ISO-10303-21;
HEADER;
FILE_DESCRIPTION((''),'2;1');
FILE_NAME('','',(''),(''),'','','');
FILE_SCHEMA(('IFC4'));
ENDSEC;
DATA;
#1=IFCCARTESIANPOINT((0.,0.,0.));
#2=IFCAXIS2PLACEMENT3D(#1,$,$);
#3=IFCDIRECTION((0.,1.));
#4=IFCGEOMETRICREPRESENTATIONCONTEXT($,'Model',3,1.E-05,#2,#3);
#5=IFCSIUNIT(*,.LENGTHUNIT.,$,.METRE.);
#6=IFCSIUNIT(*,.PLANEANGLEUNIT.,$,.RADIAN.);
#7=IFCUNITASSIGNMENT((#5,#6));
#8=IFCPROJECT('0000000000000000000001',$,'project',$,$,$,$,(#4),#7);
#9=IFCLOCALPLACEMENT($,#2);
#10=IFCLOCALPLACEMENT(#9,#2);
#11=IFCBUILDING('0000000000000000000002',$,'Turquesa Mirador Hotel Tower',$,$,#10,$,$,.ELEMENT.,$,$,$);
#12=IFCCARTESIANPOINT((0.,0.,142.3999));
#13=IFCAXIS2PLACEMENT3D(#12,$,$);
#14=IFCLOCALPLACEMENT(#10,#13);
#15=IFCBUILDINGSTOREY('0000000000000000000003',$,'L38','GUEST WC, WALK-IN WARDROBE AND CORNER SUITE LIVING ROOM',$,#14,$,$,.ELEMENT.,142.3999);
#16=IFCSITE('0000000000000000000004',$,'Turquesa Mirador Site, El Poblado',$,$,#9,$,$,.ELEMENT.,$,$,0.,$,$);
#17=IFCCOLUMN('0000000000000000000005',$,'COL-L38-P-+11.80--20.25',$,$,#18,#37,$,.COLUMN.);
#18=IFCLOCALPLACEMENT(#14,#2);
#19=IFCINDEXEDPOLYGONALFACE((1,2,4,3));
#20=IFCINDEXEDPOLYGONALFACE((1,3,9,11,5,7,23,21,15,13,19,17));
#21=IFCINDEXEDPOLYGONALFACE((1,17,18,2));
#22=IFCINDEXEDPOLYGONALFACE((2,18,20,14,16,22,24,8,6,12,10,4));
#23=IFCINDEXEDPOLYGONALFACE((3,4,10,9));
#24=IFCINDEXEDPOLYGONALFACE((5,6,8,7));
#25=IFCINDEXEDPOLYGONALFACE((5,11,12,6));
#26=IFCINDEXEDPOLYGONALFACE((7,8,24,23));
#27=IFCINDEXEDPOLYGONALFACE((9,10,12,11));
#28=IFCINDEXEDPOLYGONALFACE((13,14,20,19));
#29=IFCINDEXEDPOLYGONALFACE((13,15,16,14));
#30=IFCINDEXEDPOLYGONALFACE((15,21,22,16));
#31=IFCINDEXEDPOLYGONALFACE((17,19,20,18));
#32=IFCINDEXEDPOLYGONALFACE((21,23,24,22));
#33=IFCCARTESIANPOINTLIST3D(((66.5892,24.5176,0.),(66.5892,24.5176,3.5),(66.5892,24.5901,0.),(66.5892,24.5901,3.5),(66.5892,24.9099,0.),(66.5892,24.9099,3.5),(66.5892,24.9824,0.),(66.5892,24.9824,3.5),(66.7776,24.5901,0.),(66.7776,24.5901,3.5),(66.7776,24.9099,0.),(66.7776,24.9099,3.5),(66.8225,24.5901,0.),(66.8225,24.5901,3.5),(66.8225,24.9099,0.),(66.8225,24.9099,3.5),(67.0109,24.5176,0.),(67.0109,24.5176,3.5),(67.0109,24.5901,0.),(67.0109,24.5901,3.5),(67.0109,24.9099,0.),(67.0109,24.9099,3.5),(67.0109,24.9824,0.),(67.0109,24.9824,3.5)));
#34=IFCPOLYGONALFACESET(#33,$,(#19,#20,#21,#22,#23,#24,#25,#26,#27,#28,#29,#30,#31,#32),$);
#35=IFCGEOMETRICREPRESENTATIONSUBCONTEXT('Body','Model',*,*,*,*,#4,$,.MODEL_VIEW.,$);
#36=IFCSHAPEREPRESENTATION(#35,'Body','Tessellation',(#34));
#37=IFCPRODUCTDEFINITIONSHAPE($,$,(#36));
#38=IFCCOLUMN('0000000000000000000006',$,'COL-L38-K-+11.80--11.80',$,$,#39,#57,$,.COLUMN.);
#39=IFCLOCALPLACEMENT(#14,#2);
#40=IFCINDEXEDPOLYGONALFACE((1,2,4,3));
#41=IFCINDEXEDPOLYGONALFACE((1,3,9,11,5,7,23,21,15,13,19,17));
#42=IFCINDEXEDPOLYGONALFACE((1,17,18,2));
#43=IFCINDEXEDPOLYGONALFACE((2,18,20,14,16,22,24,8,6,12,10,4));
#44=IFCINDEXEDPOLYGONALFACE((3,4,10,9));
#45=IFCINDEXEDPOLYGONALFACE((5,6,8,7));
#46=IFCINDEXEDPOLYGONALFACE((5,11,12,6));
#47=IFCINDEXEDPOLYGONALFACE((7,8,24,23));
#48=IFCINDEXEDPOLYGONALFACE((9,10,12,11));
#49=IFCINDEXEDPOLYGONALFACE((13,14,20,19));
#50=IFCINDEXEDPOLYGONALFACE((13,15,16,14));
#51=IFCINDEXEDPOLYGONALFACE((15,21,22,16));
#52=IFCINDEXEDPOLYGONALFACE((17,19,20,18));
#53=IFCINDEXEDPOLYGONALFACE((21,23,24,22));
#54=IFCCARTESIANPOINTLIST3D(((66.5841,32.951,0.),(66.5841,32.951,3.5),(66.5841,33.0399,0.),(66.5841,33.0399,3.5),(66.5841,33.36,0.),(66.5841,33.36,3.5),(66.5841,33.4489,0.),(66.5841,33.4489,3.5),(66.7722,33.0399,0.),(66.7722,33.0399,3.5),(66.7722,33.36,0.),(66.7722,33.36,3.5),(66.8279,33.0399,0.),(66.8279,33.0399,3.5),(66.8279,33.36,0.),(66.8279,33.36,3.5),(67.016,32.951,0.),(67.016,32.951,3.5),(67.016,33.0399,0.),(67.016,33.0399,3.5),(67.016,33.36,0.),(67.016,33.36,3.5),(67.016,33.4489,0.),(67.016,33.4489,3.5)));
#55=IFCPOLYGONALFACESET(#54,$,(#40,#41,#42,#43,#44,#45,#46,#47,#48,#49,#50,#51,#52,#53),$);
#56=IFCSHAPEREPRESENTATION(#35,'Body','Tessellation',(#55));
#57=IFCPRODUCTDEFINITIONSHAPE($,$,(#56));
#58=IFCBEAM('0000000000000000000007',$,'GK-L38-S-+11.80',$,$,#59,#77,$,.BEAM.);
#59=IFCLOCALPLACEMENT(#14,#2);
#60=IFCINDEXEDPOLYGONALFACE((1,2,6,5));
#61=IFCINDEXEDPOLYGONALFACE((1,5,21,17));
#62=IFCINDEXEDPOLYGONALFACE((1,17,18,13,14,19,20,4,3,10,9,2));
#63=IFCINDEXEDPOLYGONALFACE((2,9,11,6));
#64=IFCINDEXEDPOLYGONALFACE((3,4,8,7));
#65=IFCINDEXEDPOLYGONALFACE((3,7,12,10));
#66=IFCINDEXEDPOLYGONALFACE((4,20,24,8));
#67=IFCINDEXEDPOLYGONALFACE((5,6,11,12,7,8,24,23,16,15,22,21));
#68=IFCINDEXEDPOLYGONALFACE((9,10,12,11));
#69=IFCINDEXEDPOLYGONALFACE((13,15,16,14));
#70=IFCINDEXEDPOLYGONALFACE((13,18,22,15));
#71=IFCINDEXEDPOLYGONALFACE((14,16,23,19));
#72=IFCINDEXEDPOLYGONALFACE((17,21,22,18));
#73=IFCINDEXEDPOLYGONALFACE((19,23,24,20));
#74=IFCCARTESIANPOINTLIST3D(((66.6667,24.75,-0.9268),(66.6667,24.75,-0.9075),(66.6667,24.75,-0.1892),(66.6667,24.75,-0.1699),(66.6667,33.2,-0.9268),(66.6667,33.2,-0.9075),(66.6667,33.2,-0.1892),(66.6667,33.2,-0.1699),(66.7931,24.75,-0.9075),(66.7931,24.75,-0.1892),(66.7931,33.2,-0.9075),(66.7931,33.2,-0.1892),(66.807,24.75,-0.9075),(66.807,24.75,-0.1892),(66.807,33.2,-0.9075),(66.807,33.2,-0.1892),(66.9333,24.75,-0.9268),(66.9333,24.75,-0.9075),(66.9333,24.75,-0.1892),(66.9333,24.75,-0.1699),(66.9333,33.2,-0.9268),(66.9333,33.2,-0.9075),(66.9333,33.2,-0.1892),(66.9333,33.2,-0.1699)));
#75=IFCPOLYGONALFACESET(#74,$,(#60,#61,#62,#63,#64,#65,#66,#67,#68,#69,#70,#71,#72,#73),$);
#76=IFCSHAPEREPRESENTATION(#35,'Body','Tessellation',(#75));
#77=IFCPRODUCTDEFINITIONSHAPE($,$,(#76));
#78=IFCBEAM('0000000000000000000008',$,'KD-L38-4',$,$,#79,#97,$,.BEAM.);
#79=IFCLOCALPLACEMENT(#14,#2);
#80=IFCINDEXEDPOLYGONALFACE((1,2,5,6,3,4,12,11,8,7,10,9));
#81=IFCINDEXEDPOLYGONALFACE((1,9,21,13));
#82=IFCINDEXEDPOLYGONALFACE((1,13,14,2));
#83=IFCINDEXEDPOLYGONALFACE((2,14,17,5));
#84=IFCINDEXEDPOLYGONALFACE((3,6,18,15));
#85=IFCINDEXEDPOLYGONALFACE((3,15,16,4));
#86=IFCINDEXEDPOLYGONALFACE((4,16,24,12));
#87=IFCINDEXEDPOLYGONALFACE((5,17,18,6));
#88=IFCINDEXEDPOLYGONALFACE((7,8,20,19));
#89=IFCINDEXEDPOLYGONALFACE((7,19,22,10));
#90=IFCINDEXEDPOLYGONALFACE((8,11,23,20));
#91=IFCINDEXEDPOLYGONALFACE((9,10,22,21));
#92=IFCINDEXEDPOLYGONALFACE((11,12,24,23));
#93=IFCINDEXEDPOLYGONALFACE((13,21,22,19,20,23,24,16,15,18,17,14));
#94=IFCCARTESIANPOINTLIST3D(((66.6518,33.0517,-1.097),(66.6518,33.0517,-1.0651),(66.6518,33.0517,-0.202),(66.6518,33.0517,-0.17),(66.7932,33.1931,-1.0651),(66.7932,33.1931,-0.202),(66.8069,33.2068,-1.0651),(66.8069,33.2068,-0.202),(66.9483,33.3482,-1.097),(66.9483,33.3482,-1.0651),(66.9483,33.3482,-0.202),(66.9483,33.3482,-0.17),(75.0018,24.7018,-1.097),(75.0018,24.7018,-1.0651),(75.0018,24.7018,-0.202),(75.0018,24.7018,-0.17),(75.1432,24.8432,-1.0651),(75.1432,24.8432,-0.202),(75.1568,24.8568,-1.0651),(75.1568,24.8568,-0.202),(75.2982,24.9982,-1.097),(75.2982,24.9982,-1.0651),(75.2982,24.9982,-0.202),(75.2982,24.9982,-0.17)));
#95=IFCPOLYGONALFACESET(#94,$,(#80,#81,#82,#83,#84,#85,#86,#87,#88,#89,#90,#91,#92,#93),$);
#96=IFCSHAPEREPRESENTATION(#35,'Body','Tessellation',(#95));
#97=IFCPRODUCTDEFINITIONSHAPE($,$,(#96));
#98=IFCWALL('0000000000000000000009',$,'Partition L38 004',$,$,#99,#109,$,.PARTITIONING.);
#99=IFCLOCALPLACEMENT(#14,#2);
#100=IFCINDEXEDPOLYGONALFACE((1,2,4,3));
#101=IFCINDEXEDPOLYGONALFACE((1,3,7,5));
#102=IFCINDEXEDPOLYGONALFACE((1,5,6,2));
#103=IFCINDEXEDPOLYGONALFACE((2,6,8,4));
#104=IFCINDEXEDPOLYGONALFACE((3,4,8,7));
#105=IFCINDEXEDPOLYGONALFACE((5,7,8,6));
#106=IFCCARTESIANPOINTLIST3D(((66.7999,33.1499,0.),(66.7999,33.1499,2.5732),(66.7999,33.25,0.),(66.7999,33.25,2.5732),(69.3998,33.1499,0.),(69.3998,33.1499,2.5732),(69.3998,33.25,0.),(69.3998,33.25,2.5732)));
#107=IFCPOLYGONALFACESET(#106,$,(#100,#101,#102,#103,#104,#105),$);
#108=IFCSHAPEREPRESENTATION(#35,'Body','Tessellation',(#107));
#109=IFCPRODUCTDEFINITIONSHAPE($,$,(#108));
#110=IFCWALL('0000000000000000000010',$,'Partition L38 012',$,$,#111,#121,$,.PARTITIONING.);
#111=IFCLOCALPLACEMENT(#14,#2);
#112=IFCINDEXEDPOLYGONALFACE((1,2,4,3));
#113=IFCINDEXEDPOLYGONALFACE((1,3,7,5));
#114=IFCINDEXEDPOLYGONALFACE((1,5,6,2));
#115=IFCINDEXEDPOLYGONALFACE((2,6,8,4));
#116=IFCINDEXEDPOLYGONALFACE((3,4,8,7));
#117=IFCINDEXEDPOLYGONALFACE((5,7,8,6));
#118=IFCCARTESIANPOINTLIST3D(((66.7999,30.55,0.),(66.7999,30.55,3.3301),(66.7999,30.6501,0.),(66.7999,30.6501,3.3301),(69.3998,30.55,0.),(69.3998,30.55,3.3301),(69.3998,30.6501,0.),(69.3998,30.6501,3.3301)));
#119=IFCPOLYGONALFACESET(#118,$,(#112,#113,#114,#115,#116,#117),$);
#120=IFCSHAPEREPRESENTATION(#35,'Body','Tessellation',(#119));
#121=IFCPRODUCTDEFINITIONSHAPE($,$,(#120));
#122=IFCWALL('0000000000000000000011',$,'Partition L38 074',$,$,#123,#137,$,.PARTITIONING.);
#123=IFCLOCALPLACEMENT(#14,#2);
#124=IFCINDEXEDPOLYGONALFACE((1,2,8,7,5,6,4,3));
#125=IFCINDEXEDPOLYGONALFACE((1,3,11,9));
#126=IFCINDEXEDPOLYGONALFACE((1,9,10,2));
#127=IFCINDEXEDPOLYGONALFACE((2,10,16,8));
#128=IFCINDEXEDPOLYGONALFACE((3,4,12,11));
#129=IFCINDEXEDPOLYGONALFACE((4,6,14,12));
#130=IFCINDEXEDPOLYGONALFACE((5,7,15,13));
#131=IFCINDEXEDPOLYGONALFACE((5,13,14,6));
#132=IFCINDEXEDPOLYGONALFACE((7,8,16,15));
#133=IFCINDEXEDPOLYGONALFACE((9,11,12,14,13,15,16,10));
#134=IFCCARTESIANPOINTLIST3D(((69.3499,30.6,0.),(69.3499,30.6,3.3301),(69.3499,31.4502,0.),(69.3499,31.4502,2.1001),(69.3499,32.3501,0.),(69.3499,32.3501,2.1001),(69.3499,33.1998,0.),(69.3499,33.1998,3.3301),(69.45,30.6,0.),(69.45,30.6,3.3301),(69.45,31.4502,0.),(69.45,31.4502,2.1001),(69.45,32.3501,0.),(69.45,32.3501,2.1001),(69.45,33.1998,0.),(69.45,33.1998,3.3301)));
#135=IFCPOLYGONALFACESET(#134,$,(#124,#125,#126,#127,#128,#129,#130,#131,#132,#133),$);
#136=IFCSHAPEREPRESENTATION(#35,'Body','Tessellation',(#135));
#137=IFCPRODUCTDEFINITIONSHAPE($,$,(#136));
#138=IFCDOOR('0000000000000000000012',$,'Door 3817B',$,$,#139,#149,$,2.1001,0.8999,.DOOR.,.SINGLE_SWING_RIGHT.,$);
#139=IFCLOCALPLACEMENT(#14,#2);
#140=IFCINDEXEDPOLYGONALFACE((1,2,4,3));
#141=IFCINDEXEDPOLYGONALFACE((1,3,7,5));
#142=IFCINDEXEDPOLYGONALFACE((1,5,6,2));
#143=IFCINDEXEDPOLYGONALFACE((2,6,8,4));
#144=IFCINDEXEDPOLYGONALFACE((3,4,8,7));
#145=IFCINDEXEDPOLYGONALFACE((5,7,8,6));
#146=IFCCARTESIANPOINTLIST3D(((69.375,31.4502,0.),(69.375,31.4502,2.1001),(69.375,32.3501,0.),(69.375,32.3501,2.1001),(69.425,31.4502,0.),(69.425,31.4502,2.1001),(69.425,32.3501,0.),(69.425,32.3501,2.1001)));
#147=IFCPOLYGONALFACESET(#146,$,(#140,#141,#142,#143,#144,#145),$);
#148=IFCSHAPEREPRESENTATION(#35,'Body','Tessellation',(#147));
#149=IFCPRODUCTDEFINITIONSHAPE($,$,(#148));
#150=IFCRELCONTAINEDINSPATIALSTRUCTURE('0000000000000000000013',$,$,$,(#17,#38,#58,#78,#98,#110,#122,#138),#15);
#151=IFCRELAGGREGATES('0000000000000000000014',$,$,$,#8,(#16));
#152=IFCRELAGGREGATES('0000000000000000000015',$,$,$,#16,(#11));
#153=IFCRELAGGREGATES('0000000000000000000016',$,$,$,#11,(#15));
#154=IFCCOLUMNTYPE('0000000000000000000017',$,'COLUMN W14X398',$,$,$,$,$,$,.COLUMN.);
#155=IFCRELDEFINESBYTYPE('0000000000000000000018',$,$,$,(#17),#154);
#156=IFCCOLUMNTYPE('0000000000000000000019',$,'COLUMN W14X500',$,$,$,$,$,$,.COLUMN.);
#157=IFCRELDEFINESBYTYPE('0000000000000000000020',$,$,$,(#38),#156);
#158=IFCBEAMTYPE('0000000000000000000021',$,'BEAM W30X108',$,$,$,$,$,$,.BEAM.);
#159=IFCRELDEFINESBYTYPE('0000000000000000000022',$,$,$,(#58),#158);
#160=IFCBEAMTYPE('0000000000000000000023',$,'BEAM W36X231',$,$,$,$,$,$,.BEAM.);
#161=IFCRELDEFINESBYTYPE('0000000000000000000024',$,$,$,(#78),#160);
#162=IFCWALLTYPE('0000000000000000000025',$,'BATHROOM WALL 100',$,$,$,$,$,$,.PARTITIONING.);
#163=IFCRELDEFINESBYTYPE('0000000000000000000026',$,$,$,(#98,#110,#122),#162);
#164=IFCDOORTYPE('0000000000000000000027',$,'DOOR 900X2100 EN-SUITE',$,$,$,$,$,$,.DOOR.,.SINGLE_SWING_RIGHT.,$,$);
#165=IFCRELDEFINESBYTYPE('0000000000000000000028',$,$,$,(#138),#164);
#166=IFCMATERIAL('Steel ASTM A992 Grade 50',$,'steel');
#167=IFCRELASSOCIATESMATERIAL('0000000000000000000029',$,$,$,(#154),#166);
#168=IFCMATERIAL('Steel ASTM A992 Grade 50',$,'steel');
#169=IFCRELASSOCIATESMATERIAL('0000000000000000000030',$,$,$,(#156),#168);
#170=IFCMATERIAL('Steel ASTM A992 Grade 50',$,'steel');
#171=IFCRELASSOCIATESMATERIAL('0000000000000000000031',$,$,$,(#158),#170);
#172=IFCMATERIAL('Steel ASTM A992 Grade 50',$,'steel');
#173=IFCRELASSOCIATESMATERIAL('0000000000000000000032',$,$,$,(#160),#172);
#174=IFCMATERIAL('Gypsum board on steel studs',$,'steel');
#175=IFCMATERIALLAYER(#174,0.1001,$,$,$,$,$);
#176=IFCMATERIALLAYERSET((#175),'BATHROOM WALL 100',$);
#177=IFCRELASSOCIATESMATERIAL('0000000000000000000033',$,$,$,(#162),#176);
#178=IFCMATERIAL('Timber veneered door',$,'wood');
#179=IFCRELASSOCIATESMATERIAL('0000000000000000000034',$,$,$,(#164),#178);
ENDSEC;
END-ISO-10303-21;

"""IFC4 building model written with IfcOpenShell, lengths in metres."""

from ifc_helpers import new_model, si_unit, direction, frame, frame_2d, origin, origin_2d, place, context, subcontext, project, spatial, rectangle, i_section, extrude, material, layer, layer_set, material_profile, profile_set, type_object, element, fill, save


model = new_model("IFC4")

# Units and contexts
model_context = context("Model", 3, precision=1e-05, world=origin(), true_north=direction((0.0, 1.0)))
body_context = subcontext(model_context, "Body", "Model", "MODEL_VIEW")
ifc_project = project(units=[si_unit("LENGTHUNIT", "METRE"), si_unit("PLANEANGLEUNIT", "RADIAN")], contexts=[model_context])

# Site, building, storey
site_placement = place(None, origin())
site = spatial("IfcSite", under=ifc_project, at=site_placement, Name="Turquesa Mirador Site, El Poblado", CompositionType="ELEMENT", RefElevation=0.0)
building_placement = place(site_placement, origin())
building = spatial("IfcBuilding", under=site, at=building_placement, Name="Turquesa Mirador Hotel Tower", CompositionType="ELEMENT")
storey_placement = place(building_placement, frame((0.0, 0.0, 142.3999)))
storey = spatial("IfcBuildingStorey", under=building, at=storey_placement, Name="L38", Description="GUEST WC, WALK-IN WARDROBE AND CORNER SUITE LIVING ROOM", CompositionType="ELEMENT", Elevation=142.3999)

# Columns
ifc_material_1 = material(Name="Steel ASTM A992 Grade 50", Category="steel")
ifc_material_profile_1 = material_profile(ifc_material_1, i_section(OverallWidth=0.4216, OverallDepth=0.4648, WebThickness=0.0449, FlangeThickness=0.0725, at=origin_2d()), Name="W14X398")
ifc_profile_set_1 = profile_set([ifc_material_profile_1], Name="Steel ASTM A992 Grade 50")
column_type_1 = type_object("IfcColumnType", Name="COLUMN W14X398", PredefinedType="COLUMN", material=ifc_profile_set_1)
column_1_placement = place(storey_placement, frame((66.8, 24.75, 0.0), z_axis=(0.0, 0.0, 1.0), x_axis=(1.0, 0.0, 0.0)))
element("IfcColumn", 1, at=column_1_placement, inside=storey, type_object=column_type_1, Name="COL-L38-P-+11.80--20.25", PredefinedType="COLUMN", context=body_context, shape_type="SweptSolid", body=[
    extrude(i_section(OverallWidth=0.4216, OverallDepth=0.4648, WebThickness=0.0449, FlangeThickness=0.0725, at=origin_2d()), origin(), (0.0, 0.0, 1.0), 3.5),
])
ifc_material_2 = material(Name="Steel ASTM A992 Grade 50", Category="steel")
ifc_material_profile_2 = material_profile(ifc_material_2, i_section(OverallWidth=0.4319, OverallDepth=0.4978, WebThickness=0.0557, FlangeThickness=0.0889, at=origin_2d()), Name="W14X500")
ifc_profile_set_2 = profile_set([ifc_material_profile_2], Name="Steel ASTM A992 Grade 50")
column_type_2 = type_object("IfcColumnType", Name="COLUMN W14X500", PredefinedType="COLUMN", material=ifc_profile_set_2)
column_2_placement = place(storey_placement, frame((66.8, 33.2, 0.0), z_axis=(0.0, 0.0, 1.0), x_axis=(1.0, 0.0, 0.0)))
element("IfcColumn", 2, at=column_2_placement, inside=storey, type_object=column_type_2, Name="COL-L38-K-+11.80--11.80", PredefinedType="COLUMN", context=body_context, shape_type="SweptSolid", body=[
    extrude(i_section(OverallWidth=0.4319, OverallDepth=0.4978, WebThickness=0.0557, FlangeThickness=0.0889, at=origin_2d()), origin(), (0.0, 0.0, 1.0), 3.5),
])

# Beams
ifc_material_3 = material(Name="Steel ASTM A992 Grade 50", Category="steel")
ifc_material_profile_3 = material_profile(ifc_material_3, i_section(OverallWidth=0.2666, OverallDepth=0.7568, WebThickness=0.0139, FlangeThickness=0.0193, at=origin_2d()), Name="W30X108")
ifc_profile_set_3 = profile_set([ifc_material_profile_3], Name="Steel ASTM A992 Grade 50")
beam_type_1 = type_object("IfcBeamType", Name="BEAM W30X108", PredefinedType="BEAM", material=ifc_profile_set_3)
beam_1_placement = place(storey_placement, frame((66.8, 24.75, -0.5483), z_axis=(0.0, 1.0, 0.0), x_axis=(-1.0, 0.0, 0.0)))
element("IfcBeam", 3, at=beam_1_placement, inside=storey, type_object=beam_type_1, Name="GK-L38-S-+11.80", PredefinedType="BEAM", context=body_context, shape_type="SweptSolid", body=[
    extrude(i_section(OverallWidth=0.2666, OverallDepth=0.7568, WebThickness=0.0139, FlangeThickness=0.0193, at=origin_2d()), origin(), (0.0, 0.0, 1.0), 8.45),
])
ifc_material_4 = material(Name="Steel ASTM A992 Grade 50", Category="steel")
ifc_material_profile_4 = material_profile(ifc_material_4, i_section(OverallWidth=0.4192, OverallDepth=0.927, WebThickness=0.0193, FlangeThickness=0.032, at=origin_2d()), Name="W36X231")
ifc_profile_set_4 = profile_set([ifc_material_profile_4], Name="Steel ASTM A992 Grade 50")
beam_type_2 = type_object("IfcBeamType", Name="BEAM W36X231", PredefinedType="BEAM", material=ifc_profile_set_4)
beam_2_placement = place(storey_placement, frame((66.8, 33.2, -0.6335), z_axis=(0.707107, -0.707107, 0.0), x_axis=(0.707107, 0.707107, 0.0)))
element("IfcBeam", 4, at=beam_2_placement, inside=storey, type_object=beam_type_2, Name="KD-L38-4", PredefinedType="BEAM", context=body_context, shape_type="SweptSolid", body=[
    extrude(i_section(OverallWidth=0.4192, OverallDepth=0.927, WebThickness=0.0193, FlangeThickness=0.032, at=origin_2d()), origin(), (0.0, 0.0, 1.0), 11.8086),
])

# Walls
ifc_material_5 = material(Name="Gypsum board on steel studs", Category="steel")
ifc_layer_1 = layer(ifc_material_5, 0.1001)
ifc_layer_set_1 = layer_set([ifc_layer_1], Name="BATHROOM WALL 100")
wall_type_1 = type_object("IfcWallType", Name="BATHROOM WALL 100", PredefinedType="PARTITIONING", material=ifc_layer_set_1)
wall_1_placement = place(storey_placement, frame((66.8, 33.2, 0.0), z_axis=(0.0, 0.0, 1.0), x_axis=(1.0, 0.0, 0.0)))
element("IfcWall", 5, at=wall_1_placement, inside=storey, type_object=wall_type_1, Name="Partition L38 004", PredefinedType="PARTITIONING", context=body_context, shape_type="SweptSolid", body=[
    extrude(rectangle(XDim=2.5999, YDim=0.1001, at=frame_2d((1.2998, 0.0))), origin(), (0.0, 0.0, 1.0), 2.5732),
])
wall_2_placement = place(storey_placement, frame((66.8, 30.6001, 0.0), z_axis=(0.0, 0.0, 1.0), x_axis=(1.0, 0.0, 0.0)))
element("IfcWall", 6, at=wall_2_placement, inside=storey, type_object=wall_type_1, Name="Partition L38 012", PredefinedType="PARTITIONING", context=body_context, shape_type="SweptSolid", body=[
    extrude(rectangle(XDim=2.5999, YDim=0.1001, at=frame_2d((1.2998, 0.0))), origin(), (0.0, 0.0, 1.0), 3.3301),
])

# Wall, opening, door
wall_3_placement = place(storey_placement, frame((69.3999, 30.6001, 0.0), z_axis=(0.0, 0.0, 1.0), x_axis=(0.0, 1.0, 0.0)))
wall_3 = element("IfcWall", 7, at=wall_3_placement, inside=storey, type_object=wall_type_1, Name="Partition L38 074", PredefinedType="PARTITIONING", context=body_context, shape_type="SweptSolid", body=[
    extrude(rectangle(XDim=2.5999, YDim=0.1001, at=frame_2d((1.2998, 0.0))), origin(), (0.0, 0.0, 1.0), 3.3301),
])
opening_1_placement = place(wall_3_placement, frame((0.8501, 0.0, 0.0)))
opening_1 = element("IfcOpeningElement", 8, at=opening_1_placement, cuts=wall_3, PredefinedType="OPENING", context=body_context, shape_type="SweptSolid", body=[
    extrude(rectangle(XDim=0.8999, YDim=2.1001, at=frame_2d((0.45, 1.05))), frame((0.0, 0.0601, 0.0), z_axis=(0.0, -1.0, 0.0), x_axis=(1.0, 0.0, 0.0)), (0.0, 0.0, 1.0), 0.1201),
])
ifc_material_6 = material(Name="Timber veneered door", Category="wood")
door_type_1 = type_object("IfcDoorType", Name="DOOR 900X2100 EN-SUITE", OperationType="SINGLE_SWING_RIGHT", PredefinedType="DOOR", material=ifc_material_6)
door_1_placement = place(opening_1_placement, origin())
door_1 = element("IfcDoor", 9, at=door_1_placement, inside=storey, type_object=door_type_1, Name="Door 3817B", OperationType="SINGLE_SWING_RIGHT", OverallHeight=2.1001, OverallWidth=0.8999, PredefinedType="DOOR", context=body_context, shape_type="SweptSolid", body=[
    extrude(rectangle(XDim=0.8999, YDim=2.1001, at=frame_2d((0.45, 1.05))), frame((0.0, 0.0249, 0.0), z_axis=(0.0, -1.0, 0.0), x_axis=(1.0, 0.0, 0.0)), (0.0, 0.0, 1.0), 0.05),
])
fill(opening_1, door_1)

save(model, "model.ifc")
